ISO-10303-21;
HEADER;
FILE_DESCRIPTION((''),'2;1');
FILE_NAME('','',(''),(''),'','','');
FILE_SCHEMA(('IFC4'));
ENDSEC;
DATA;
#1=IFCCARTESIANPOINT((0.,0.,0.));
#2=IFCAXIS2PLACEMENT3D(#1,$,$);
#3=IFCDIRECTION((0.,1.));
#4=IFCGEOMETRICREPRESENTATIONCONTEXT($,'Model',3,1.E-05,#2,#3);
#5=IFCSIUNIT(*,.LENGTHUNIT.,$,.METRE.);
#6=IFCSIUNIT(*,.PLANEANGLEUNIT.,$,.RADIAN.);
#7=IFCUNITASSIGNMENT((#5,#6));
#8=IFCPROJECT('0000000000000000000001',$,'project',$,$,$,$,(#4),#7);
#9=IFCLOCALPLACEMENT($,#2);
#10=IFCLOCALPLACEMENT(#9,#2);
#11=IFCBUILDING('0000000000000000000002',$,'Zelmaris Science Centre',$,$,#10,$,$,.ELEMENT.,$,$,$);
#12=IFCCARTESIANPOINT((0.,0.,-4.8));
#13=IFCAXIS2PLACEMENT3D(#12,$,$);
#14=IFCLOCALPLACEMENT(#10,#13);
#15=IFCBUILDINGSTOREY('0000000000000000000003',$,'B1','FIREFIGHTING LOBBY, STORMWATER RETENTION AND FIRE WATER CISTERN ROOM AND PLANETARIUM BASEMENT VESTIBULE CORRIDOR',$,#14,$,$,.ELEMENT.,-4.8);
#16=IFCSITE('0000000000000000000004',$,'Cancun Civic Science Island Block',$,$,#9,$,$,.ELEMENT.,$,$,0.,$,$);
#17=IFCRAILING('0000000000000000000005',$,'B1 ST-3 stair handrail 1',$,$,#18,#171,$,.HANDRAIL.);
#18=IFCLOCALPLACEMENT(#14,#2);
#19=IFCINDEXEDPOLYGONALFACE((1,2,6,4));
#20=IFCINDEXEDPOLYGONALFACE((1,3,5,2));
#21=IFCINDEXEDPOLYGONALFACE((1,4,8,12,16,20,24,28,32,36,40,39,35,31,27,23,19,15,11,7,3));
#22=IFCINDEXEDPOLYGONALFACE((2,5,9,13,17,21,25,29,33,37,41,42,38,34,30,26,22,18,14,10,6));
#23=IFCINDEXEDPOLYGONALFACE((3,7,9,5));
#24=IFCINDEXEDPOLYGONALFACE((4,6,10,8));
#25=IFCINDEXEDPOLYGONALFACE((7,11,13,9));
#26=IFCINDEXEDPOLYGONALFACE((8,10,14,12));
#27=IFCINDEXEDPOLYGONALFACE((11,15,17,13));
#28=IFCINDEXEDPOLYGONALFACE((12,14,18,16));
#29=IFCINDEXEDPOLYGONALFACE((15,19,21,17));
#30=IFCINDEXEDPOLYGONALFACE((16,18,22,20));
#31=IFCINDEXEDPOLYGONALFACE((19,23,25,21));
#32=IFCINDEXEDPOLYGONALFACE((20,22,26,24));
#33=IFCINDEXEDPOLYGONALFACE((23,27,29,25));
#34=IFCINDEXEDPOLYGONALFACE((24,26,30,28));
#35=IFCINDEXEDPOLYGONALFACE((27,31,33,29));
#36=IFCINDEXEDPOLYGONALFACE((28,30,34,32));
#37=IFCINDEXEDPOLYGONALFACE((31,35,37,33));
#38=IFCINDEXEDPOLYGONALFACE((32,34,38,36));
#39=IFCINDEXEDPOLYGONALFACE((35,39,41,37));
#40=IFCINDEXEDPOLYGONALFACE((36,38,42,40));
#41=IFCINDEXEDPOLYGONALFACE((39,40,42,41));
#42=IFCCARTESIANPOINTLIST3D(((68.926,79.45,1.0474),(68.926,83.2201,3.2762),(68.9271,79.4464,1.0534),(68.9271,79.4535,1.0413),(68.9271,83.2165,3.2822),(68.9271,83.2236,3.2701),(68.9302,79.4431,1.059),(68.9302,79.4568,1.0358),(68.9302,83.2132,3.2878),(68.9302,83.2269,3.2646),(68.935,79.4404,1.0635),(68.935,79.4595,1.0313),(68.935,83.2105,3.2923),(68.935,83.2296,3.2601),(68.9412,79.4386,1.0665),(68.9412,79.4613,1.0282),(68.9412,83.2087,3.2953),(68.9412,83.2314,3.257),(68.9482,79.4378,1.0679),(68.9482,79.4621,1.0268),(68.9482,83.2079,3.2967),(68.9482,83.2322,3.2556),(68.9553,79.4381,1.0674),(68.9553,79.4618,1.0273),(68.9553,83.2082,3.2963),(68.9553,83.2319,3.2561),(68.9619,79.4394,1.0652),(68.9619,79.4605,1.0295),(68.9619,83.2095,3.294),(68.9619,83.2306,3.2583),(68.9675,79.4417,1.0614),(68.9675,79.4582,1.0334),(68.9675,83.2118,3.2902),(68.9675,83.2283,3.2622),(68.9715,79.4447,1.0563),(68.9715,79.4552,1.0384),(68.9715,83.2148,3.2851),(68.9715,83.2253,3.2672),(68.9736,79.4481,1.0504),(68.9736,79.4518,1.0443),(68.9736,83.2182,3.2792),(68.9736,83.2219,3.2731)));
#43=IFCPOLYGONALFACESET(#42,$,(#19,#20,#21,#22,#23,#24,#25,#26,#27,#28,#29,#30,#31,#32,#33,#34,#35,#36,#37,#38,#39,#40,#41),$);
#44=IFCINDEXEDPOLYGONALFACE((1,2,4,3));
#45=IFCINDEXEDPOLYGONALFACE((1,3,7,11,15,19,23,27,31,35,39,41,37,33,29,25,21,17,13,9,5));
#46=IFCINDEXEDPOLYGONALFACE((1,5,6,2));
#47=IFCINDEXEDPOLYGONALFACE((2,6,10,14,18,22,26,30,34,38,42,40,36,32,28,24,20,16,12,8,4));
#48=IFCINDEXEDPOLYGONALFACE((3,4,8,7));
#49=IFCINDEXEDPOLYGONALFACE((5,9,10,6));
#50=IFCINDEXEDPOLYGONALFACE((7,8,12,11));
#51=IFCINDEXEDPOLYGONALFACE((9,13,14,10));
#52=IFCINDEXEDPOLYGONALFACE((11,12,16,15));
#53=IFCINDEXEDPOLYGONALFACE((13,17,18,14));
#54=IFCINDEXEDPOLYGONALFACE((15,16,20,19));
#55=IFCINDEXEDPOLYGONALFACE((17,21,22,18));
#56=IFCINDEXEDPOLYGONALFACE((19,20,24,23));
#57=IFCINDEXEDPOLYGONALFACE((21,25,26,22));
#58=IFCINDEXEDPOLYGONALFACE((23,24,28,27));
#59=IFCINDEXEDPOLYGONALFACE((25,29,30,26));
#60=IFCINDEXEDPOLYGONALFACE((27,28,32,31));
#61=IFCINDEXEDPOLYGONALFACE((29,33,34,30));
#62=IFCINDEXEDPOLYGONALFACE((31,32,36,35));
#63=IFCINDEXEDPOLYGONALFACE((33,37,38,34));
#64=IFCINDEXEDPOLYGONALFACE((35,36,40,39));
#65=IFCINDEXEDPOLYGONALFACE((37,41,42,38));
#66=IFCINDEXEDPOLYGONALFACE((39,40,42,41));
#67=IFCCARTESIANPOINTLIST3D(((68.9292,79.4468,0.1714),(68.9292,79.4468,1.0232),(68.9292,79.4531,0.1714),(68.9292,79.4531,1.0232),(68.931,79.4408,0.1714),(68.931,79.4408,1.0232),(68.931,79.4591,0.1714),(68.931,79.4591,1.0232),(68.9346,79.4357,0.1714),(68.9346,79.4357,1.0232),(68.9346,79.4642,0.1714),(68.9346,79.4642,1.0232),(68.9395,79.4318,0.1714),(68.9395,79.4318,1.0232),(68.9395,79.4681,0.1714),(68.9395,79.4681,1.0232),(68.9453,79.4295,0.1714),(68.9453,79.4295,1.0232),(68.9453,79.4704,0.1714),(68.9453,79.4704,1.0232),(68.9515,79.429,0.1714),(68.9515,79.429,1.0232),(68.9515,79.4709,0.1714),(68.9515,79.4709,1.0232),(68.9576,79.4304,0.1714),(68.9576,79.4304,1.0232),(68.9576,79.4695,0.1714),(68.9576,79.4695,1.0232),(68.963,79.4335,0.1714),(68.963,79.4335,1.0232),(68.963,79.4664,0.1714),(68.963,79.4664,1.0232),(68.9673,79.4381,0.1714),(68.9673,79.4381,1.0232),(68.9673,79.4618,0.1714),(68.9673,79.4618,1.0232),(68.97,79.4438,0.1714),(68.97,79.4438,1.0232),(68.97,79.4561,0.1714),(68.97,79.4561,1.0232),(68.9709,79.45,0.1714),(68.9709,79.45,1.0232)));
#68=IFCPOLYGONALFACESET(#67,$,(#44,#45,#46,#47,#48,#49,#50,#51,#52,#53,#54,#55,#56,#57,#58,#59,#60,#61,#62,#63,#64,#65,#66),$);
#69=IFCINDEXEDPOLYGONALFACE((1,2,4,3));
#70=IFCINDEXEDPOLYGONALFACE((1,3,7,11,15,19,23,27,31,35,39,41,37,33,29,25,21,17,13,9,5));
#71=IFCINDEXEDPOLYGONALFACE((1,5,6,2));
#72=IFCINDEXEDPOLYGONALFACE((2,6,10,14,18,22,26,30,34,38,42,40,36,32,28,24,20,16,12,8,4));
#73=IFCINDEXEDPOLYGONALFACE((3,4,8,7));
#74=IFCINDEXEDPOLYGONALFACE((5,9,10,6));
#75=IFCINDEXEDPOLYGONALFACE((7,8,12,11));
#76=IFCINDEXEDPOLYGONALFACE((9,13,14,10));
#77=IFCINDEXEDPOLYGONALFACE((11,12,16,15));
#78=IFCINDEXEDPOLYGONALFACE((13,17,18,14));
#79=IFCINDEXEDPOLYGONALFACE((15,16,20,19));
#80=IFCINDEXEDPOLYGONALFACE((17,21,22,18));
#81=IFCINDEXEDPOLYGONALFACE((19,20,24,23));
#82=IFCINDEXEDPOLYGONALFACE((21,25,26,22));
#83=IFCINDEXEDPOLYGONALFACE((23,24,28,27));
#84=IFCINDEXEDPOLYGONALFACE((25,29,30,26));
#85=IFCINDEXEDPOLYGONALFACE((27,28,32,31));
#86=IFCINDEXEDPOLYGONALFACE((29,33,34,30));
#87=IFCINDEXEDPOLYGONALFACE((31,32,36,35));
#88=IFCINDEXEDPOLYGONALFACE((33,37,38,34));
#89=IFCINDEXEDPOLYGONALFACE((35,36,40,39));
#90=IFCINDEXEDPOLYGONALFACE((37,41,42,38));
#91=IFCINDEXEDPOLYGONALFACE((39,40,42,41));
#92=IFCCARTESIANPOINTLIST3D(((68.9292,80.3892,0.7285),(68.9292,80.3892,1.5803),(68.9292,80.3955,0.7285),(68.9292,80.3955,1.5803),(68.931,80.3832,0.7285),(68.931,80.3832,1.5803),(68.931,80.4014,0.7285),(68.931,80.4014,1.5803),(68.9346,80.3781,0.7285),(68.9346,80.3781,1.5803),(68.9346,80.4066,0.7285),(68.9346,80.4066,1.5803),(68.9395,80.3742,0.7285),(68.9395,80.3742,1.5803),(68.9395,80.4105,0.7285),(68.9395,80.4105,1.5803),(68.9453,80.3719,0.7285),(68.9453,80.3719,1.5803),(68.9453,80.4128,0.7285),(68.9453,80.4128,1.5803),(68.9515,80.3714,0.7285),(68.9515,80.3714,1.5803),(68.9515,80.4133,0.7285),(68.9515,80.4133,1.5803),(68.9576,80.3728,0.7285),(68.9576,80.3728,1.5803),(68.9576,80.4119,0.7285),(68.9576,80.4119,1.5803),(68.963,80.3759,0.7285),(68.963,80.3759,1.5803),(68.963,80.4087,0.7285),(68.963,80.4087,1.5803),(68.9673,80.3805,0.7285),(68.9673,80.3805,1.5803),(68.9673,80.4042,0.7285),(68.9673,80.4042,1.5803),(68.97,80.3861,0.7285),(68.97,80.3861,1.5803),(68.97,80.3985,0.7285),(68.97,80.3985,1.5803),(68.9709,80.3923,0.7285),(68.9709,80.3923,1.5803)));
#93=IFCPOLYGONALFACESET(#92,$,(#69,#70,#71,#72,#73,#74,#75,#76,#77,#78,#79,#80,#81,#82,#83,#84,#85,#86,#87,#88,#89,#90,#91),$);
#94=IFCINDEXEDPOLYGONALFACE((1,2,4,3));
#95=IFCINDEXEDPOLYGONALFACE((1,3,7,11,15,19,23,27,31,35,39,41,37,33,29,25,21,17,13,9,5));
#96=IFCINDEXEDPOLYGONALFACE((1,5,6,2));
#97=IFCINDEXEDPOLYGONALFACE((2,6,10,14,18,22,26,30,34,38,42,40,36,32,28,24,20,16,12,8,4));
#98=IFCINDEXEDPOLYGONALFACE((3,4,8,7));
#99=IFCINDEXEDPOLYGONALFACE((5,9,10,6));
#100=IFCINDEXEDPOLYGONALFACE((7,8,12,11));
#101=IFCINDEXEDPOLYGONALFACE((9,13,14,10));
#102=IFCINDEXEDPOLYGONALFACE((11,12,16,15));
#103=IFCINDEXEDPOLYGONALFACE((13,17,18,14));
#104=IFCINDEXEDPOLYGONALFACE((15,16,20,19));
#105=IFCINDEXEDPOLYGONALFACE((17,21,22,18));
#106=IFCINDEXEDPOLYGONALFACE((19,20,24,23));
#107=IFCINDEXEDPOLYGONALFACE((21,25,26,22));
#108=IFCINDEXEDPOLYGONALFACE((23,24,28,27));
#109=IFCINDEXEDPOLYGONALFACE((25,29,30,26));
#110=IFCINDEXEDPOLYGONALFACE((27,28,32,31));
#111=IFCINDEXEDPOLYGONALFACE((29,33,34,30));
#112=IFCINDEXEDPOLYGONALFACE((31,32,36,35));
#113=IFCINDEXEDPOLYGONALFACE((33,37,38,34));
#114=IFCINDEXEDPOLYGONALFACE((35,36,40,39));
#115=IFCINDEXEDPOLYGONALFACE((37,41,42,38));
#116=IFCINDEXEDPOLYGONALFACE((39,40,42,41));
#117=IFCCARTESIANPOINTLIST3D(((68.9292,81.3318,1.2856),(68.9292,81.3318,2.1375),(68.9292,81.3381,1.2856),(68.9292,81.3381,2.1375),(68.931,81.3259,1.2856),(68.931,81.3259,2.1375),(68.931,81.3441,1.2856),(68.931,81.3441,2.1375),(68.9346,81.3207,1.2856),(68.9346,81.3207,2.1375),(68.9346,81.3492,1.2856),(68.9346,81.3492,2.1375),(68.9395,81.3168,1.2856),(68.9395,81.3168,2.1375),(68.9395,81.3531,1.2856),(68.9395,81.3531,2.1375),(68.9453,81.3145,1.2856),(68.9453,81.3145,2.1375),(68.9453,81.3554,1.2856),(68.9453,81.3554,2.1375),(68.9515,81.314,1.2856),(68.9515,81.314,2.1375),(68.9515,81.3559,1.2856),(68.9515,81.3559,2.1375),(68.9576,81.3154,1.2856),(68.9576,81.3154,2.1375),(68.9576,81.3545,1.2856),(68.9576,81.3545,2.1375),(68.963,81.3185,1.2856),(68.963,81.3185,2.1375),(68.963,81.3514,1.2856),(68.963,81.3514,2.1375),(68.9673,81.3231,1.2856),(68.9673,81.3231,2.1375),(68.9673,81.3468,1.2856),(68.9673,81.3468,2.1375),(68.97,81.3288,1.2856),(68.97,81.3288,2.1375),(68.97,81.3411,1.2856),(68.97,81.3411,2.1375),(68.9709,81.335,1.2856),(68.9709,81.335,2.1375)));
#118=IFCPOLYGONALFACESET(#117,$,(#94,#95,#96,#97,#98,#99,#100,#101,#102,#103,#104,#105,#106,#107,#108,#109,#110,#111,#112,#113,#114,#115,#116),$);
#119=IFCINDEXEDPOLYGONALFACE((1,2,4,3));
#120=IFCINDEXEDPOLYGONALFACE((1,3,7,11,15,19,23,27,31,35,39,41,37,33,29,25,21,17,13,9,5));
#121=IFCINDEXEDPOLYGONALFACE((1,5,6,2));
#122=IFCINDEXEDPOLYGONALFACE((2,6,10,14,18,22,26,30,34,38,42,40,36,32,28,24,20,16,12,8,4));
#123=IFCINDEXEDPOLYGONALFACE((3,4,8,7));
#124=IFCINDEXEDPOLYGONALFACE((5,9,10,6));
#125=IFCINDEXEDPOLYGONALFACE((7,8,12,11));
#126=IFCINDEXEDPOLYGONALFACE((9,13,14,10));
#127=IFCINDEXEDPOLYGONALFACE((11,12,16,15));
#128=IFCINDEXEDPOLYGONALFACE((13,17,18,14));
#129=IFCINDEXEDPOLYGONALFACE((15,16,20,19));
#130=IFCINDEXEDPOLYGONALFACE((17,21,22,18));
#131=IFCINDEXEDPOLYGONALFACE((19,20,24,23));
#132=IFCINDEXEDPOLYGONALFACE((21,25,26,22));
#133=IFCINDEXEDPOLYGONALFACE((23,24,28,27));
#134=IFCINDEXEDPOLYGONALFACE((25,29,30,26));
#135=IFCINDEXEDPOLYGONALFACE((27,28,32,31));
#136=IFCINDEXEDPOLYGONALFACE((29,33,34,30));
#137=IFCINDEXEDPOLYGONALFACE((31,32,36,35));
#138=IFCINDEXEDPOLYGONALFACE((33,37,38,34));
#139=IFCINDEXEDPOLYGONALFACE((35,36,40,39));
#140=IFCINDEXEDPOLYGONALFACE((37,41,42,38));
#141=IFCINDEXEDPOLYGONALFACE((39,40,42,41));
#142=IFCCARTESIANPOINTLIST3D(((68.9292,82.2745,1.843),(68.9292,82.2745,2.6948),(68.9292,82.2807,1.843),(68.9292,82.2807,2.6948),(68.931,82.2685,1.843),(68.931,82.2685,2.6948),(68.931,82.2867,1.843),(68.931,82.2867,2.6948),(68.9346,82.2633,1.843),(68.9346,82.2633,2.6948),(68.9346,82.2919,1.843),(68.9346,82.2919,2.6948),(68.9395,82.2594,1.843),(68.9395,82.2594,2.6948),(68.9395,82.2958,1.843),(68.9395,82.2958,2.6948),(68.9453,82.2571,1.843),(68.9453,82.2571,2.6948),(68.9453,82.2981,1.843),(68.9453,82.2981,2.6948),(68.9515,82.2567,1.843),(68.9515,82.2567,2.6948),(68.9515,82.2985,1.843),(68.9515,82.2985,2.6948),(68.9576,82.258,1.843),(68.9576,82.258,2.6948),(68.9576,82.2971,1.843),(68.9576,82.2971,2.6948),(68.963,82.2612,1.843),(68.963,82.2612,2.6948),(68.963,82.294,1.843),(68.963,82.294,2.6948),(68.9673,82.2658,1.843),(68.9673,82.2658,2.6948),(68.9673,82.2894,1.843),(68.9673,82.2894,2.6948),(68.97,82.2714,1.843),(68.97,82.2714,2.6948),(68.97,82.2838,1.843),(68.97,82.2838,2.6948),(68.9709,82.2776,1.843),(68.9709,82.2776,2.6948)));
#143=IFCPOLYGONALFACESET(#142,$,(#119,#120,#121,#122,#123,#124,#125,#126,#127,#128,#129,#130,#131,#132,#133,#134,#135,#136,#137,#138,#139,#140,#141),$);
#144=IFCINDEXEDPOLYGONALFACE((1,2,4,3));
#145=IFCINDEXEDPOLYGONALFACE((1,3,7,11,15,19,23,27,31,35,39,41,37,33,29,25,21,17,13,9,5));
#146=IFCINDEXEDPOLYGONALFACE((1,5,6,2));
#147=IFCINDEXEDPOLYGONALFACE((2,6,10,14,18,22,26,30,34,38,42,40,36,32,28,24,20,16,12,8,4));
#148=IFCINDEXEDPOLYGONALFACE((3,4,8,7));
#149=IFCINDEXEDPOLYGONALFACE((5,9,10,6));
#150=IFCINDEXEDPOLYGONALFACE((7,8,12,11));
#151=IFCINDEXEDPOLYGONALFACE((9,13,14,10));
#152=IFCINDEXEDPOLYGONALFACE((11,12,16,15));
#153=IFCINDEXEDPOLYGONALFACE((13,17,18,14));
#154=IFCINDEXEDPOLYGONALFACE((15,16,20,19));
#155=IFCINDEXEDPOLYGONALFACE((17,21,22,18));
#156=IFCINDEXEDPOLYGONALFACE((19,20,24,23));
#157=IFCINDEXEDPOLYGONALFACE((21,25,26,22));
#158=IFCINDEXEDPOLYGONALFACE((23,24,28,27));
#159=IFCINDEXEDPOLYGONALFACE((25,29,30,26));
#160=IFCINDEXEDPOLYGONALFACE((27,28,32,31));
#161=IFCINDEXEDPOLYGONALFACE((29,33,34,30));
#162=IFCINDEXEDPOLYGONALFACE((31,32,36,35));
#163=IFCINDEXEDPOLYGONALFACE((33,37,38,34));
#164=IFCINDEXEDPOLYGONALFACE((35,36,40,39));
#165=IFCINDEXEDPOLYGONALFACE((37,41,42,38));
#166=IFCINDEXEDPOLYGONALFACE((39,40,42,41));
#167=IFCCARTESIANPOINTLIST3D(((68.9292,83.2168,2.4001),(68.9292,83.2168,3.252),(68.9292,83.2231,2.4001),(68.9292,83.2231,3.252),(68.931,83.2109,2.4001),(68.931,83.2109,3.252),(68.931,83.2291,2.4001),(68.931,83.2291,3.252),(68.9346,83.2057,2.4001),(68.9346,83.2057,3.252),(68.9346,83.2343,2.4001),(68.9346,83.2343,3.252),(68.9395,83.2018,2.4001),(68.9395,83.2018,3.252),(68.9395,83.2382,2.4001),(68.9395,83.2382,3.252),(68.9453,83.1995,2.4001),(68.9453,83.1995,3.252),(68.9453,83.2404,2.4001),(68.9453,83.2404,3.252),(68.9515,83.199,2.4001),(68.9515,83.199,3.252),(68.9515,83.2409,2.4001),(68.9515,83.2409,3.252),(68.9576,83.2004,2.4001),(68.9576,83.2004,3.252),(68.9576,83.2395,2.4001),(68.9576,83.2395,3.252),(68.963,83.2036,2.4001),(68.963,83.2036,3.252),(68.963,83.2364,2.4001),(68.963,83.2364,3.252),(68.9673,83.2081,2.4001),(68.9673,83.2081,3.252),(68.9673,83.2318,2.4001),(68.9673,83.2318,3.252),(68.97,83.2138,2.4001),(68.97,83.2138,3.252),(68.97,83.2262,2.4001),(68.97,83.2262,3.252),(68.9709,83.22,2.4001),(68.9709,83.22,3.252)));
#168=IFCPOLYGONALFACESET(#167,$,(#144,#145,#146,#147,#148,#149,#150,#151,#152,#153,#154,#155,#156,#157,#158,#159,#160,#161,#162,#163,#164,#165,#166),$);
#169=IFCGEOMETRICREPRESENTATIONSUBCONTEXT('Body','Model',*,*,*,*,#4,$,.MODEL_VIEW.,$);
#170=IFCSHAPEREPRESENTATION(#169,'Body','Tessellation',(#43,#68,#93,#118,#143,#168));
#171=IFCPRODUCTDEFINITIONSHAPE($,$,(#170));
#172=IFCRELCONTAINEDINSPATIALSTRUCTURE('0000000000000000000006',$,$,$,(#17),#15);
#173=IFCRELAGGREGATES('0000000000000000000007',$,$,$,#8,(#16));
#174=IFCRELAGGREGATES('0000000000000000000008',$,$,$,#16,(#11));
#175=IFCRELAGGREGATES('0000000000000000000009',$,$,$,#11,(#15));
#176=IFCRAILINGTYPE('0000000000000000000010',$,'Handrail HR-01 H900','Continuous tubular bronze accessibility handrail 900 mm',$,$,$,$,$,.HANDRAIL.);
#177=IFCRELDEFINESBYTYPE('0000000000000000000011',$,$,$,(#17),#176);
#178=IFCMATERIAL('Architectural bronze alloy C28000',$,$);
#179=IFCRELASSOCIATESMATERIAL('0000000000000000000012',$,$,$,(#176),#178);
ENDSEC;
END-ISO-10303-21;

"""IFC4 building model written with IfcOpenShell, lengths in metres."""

from ifc_helpers import new_model, si_unit, direction, frame, origin, origin_2d, place, context, subcontext, project, spatial, circle, extrude, material, type_object, element, save


model = new_model("IFC4")

# Units and contexts
model_context = context("Model", 3, precision=1e-05, world=origin(), true_north=direction((0.0, 1.0)))
body_context = subcontext(model_context, "Body", "Model", "MODEL_VIEW")
ifc_project = project(units=[si_unit("LENGTHUNIT", "METRE"), si_unit("PLANEANGLEUNIT", "RADIAN")], contexts=[model_context])

# Site, building, storey
site_placement = place(None, origin())
site = spatial("IfcSite", under=ifc_project, at=site_placement, Name="Cancun Civic Science Island Block", CompositionType="ELEMENT", RefElevation=0.0)
building_placement = place(site_placement, origin())
building = spatial("IfcBuilding", under=site, at=building_placement, Name="Zelmaris Science Centre", CompositionType="ELEMENT")
storey_placement = place(building_placement, frame((0.0, 0.0, -4.8)))
storey = spatial("IfcBuildingStorey", under=building, at=storey_placement, Name="B1", Description="FIREFIGHTING LOBBY, STORMWATER RETENTION AND FIRE WATER CISTERN ROOM AND PLANETARIUM BASEMENT VESTIBULE CORRIDOR", CompositionType="ELEMENT", Elevation=-4.8)

# Railing
ifc_material_1 = material(Name="Architectural bronze alloy C28000")
railing_type_1 = type_object("IfcRailingType", Name="Handrail HR-01 H900", Description="Continuous tubular bronze accessibility handrail 900 mm", PredefinedType="HANDRAIL", material=ifc_material_1)
railing_1_placement = place(storey_placement, frame((68.95, 79.45, 0.1714)))
element("IfcRailing", 1, at=railing_1_placement, inside=storey, type_object=railing_type_1, Name="B1 ST-3 stair handrail 1", PredefinedType="HANDRAIL", context=body_context, shape_type="SweptSolid", body=[
    extrude(circle(Radius=0.0239, at=origin_2d()), frame((0.0, 0.0, 0.876), z_axis=(0.0, 0.860824, 0.508902), x_axis=(-1.0, 0.0, 0.0)), (0.0, 0.0, 1.0), 4.3796),
    extrude(circle(Radius=0.021, at=origin_2d()), origin(), (0.0, 0.0, 1.0), 0.8518),
    extrude(circle(Radius=0.021, at=origin_2d()), frame((0.0, 0.9424, 0.5571)), (0.0, 0.0, 1.0), 0.8518),
    extrude(circle(Radius=0.021, at=origin_2d()), frame((0.0, 1.885, 1.1143)), (0.0, 0.0, 1.0), 0.8518),
    extrude(circle(Radius=0.021, at=origin_2d()), frame((0.0, 2.8276, 1.6716)), (0.0, 0.0, 1.0), 0.8518),
    extrude(circle(Radius=0.021, at=origin_2d()), frame((0.0, 3.77, 2.2288)), (0.0, 0.0, 1.0), 0.8518),
])

save(model, "model.ifc")
